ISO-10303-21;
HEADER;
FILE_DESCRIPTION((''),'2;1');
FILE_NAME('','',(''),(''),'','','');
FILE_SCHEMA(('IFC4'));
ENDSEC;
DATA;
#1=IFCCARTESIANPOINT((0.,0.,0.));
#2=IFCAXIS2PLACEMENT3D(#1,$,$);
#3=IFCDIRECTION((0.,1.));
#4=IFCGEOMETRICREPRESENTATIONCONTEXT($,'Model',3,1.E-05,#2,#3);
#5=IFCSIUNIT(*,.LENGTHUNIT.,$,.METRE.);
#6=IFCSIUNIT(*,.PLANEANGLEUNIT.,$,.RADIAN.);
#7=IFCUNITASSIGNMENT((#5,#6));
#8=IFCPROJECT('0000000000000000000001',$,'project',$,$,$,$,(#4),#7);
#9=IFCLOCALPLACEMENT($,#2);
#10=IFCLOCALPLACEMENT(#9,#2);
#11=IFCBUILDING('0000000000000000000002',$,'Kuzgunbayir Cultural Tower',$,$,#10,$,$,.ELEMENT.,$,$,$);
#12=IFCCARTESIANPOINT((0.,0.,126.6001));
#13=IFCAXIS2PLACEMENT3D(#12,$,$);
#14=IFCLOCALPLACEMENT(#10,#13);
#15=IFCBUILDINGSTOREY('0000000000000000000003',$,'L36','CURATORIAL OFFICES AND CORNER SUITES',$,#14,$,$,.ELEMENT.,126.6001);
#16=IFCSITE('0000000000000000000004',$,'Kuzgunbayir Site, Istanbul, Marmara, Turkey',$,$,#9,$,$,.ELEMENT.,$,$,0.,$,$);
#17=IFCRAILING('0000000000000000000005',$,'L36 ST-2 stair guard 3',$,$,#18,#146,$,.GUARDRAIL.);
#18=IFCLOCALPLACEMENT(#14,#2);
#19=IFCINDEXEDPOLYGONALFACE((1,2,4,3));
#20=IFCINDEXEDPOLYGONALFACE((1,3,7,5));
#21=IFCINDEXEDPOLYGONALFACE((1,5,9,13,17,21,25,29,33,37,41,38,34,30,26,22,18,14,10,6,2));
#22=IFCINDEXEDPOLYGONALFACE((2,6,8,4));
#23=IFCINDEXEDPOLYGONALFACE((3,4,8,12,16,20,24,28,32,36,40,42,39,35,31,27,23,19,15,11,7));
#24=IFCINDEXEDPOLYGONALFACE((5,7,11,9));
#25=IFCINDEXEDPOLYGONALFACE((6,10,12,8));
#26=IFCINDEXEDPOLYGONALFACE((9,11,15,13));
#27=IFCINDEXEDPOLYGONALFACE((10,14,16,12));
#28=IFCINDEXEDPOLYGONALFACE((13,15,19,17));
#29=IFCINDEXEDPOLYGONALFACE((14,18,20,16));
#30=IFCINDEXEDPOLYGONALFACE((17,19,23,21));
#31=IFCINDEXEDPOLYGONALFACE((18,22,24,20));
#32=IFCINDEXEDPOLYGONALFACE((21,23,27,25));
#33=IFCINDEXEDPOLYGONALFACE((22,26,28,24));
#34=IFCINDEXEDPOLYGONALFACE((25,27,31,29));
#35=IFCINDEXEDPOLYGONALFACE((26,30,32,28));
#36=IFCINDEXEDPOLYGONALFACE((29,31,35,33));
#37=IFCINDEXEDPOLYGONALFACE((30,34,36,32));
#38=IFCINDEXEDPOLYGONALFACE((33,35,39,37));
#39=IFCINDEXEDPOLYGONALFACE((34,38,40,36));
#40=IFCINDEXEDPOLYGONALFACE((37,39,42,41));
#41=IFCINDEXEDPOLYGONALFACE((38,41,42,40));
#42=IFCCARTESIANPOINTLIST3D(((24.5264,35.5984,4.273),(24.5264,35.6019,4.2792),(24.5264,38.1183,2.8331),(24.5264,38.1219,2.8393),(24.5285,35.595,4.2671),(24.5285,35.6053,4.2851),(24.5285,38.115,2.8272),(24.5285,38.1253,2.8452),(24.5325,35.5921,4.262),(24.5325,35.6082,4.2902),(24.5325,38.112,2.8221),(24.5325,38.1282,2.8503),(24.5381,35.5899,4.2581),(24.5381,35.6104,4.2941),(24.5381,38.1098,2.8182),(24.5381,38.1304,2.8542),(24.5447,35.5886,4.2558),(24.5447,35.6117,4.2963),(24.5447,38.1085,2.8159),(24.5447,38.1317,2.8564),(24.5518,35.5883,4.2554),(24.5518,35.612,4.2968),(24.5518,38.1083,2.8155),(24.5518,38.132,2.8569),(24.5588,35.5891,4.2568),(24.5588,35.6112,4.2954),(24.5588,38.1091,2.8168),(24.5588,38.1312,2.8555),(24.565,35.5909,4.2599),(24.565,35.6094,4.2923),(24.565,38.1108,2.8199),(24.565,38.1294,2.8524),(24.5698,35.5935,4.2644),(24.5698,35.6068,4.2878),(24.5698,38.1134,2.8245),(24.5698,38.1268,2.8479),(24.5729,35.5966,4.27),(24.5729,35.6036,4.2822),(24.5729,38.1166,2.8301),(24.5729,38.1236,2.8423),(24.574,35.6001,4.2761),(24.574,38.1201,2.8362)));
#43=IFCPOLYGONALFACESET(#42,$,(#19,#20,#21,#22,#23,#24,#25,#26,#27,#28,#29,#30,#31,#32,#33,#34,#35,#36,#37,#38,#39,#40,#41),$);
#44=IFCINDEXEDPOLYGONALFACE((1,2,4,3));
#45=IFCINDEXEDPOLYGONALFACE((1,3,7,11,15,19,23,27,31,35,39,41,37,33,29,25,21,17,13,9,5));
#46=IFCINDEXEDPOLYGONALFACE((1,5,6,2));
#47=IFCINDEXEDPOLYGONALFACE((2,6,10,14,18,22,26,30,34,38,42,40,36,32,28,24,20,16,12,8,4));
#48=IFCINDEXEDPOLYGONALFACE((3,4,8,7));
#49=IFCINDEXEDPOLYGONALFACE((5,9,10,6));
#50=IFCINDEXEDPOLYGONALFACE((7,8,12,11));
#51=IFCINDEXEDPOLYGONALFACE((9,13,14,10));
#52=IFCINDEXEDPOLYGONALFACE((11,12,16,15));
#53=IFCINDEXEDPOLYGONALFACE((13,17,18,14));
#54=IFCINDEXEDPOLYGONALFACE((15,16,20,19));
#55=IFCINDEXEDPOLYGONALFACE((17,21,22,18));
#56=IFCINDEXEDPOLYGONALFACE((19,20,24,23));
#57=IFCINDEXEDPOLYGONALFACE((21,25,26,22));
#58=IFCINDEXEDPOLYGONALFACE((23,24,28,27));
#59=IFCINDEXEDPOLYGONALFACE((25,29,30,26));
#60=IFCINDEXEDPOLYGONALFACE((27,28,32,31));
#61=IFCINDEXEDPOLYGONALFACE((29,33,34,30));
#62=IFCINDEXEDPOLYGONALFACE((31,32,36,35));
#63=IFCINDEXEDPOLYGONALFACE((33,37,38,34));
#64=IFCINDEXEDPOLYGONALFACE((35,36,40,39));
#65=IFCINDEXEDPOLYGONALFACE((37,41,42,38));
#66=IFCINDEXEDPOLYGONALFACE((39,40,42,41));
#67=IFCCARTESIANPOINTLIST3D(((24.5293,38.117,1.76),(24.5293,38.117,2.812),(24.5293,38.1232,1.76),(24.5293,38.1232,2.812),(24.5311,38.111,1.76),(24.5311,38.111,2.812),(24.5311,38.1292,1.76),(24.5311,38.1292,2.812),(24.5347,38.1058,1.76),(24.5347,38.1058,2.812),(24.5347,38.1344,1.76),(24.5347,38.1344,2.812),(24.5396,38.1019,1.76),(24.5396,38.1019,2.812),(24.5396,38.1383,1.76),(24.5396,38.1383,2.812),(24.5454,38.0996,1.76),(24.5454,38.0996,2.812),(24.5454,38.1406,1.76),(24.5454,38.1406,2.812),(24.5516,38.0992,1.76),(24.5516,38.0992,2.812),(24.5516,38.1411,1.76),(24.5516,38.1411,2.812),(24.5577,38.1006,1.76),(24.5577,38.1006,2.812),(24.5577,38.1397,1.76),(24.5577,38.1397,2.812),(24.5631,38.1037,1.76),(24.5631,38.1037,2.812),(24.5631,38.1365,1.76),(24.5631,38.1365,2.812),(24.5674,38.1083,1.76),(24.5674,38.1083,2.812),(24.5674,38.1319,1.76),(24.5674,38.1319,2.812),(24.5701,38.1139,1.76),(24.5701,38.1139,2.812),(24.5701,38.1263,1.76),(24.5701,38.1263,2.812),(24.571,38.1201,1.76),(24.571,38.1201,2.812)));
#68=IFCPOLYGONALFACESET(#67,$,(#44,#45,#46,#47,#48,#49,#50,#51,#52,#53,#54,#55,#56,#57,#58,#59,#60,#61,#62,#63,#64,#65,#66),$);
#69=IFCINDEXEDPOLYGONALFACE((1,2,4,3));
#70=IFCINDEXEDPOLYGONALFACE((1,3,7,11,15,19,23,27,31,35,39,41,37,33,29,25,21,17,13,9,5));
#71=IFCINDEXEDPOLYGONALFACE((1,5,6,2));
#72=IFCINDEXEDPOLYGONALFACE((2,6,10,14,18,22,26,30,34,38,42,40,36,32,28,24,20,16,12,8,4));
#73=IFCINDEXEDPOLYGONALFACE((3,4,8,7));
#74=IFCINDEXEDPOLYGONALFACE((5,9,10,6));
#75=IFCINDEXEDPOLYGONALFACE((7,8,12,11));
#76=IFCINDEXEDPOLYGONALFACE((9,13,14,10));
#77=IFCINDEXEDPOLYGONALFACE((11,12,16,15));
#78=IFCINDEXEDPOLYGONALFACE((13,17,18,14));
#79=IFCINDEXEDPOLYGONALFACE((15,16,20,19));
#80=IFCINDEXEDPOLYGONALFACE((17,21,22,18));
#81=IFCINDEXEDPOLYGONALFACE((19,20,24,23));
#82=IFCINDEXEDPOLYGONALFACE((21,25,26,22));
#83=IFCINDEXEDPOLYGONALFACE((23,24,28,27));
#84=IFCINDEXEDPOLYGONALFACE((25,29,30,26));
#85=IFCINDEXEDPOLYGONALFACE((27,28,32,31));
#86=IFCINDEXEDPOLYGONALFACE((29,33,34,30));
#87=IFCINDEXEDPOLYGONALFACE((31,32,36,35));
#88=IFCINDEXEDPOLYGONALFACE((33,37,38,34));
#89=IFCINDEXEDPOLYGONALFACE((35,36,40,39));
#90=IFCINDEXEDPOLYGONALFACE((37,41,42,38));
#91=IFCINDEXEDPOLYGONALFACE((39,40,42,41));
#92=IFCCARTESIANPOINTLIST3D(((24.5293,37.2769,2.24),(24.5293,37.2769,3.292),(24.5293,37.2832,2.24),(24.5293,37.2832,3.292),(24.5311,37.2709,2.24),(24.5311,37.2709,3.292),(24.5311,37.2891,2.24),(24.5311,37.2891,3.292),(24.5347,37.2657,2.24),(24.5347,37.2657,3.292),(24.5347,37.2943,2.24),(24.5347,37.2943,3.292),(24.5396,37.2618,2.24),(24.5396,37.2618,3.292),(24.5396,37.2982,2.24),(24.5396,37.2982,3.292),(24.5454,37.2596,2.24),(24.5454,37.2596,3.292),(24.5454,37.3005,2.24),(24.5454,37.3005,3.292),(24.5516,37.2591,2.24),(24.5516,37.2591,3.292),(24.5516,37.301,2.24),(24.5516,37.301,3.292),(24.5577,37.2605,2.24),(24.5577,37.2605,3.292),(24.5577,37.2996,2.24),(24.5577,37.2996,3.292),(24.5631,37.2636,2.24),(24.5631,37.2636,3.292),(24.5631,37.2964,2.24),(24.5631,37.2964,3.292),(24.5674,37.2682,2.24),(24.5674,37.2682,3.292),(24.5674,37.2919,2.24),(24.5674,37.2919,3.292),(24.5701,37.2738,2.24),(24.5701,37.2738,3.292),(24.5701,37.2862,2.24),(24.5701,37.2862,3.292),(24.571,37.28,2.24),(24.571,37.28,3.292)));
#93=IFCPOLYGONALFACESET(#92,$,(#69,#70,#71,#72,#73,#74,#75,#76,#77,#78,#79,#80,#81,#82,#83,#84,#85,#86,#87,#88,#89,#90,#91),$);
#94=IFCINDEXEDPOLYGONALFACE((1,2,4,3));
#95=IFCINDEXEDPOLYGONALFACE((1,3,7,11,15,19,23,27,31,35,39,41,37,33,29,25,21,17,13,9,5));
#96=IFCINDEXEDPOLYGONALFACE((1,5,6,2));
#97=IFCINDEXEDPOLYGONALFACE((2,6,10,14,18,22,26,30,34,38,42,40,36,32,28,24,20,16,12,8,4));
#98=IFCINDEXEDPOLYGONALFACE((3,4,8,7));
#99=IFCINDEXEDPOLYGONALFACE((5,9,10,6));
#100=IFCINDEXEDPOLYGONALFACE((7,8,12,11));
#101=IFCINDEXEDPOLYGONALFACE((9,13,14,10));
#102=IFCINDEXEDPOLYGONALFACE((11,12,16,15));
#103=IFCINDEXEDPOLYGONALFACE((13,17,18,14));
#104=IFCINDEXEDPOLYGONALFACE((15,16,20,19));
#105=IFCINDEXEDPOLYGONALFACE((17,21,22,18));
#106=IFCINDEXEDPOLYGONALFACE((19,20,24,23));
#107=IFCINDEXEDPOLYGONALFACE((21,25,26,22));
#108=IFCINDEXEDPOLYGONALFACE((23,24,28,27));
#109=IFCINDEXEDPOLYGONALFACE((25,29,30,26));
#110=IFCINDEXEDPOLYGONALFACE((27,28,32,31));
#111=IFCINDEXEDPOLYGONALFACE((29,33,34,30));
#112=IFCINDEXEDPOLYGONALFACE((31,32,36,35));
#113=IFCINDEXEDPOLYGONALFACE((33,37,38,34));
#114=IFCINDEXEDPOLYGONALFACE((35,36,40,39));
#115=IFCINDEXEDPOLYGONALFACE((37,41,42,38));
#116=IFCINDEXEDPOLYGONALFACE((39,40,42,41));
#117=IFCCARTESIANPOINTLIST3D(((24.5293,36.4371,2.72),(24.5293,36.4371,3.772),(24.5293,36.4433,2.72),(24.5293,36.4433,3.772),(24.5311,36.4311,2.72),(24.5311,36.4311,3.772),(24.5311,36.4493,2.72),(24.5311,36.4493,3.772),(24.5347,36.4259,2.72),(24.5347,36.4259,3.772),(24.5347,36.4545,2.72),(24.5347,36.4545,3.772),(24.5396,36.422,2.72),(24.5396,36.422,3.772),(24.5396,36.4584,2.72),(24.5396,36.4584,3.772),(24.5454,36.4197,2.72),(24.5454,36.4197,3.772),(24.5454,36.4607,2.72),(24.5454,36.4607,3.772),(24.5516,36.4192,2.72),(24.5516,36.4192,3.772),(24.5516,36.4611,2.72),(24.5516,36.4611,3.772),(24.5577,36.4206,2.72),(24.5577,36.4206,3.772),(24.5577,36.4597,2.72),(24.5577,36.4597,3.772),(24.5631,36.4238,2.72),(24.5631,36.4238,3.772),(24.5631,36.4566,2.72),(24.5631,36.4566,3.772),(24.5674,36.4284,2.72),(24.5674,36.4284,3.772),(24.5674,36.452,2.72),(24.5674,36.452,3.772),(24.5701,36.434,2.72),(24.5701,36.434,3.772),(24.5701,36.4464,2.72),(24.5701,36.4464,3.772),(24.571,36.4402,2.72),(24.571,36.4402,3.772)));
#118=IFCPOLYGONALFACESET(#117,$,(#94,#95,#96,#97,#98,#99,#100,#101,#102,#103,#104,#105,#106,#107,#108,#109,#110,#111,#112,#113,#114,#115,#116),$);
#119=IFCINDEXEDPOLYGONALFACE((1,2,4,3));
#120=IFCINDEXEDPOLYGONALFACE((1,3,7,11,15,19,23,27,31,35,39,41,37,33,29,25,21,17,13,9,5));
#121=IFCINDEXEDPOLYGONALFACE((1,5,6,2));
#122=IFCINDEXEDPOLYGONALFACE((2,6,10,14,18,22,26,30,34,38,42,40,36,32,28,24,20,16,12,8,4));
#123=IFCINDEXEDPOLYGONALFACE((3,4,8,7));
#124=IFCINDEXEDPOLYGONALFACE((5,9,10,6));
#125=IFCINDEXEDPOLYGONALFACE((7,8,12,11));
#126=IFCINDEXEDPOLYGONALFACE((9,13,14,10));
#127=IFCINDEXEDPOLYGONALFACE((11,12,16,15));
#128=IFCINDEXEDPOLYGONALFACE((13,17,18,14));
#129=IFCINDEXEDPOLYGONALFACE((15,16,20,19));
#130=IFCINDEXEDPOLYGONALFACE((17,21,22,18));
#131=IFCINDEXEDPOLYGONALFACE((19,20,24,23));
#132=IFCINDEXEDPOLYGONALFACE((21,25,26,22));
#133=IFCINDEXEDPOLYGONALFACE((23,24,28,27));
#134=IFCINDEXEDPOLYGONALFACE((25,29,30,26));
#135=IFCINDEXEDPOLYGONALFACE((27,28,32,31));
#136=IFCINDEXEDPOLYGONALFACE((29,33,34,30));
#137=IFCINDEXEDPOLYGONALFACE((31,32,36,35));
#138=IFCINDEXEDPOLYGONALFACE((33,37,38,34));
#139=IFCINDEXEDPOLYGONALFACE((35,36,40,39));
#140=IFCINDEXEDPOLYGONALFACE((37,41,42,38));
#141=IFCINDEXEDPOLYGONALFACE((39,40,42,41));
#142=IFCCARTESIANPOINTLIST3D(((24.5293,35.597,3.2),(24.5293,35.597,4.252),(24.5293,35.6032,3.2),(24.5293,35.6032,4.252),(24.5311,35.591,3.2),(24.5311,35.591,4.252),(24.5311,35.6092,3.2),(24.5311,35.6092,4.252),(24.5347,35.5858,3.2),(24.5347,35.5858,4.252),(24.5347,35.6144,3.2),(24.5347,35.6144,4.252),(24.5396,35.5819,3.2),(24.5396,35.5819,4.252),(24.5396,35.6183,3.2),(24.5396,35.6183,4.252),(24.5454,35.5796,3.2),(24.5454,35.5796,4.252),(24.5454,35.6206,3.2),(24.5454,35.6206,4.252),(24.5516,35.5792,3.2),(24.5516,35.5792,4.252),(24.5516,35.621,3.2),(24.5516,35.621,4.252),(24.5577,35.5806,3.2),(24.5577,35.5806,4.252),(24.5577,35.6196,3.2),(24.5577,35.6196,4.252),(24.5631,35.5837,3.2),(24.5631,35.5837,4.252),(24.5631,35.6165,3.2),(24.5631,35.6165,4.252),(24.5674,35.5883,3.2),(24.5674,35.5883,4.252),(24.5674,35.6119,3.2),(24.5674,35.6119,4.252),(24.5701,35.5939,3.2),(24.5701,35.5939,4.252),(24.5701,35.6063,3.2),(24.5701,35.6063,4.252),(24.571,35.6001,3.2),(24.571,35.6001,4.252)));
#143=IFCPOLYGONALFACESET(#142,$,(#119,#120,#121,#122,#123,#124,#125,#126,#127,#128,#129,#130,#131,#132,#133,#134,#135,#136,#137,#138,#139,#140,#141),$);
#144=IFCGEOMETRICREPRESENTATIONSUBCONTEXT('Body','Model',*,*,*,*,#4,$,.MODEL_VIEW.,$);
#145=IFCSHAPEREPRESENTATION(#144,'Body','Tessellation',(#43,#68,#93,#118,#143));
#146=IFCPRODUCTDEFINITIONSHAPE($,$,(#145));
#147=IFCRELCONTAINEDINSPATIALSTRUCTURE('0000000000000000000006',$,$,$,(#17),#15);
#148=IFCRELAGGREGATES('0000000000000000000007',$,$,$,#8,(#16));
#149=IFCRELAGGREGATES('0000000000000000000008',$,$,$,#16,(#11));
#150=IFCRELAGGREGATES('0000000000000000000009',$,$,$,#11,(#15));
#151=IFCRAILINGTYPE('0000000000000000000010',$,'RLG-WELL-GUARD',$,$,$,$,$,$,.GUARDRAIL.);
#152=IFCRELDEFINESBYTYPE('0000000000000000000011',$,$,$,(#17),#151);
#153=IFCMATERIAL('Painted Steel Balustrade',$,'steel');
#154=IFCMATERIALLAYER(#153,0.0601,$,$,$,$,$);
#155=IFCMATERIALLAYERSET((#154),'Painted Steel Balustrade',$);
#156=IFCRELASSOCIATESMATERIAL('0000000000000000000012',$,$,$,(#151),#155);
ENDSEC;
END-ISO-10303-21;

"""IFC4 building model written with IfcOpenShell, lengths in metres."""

from ifc_helpers import new_model, si_unit, direction, frame, origin, origin_2d, place, context, subcontext, project, spatial, circle, extrude, material, layer, layer_set, type_object, element, save


model = new_model("IFC4")

# Units and contexts
model_context = context("Model", 3, precision=1e-05, world=origin(), true_north=direction((0.0, 1.0)))
body_context = subcontext(model_context, "Body", "Model", "MODEL_VIEW")
ifc_project = project(units=[si_unit("LENGTHUNIT", "METRE"), si_unit("PLANEANGLEUNIT", "RADIAN")], contexts=[model_context])

# Site, building, storey
site_placement = place(None, origin())
site = spatial("IfcSite", under=ifc_project, at=site_placement, Name="Kuzgunbayir Site, Istanbul, Marmara, Turkey", CompositionType="ELEMENT", RefElevation=0.0)
building_placement = place(site_placement, origin())
building = spatial("IfcBuilding", under=site, at=building_placement, Name="Kuzgunbayir Cultural Tower", CompositionType="ELEMENT")
storey_placement = place(building_placement, frame((0.0, 0.0, 126.6001)))
storey = spatial("IfcBuildingStorey", under=building, at=storey_placement, Name="L36", Description="CURATORIAL OFFICES AND CORNER SUITES", CompositionType="ELEMENT", Elevation=126.6001)

# Railing
ifc_material_1 = material(Name="Painted Steel Balustrade", Category="steel")
ifc_layer_1 = layer(ifc_material_1, 0.0601)
ifc_layer_set_1 = layer_set([ifc_layer_1], Name="Painted Steel Balustrade")
railing_type_1 = type_object("IfcRailingType", Name="RLG-WELL-GUARD", PredefinedType="GUARDRAIL", material=ifc_layer_set_1)
railing_1_placement = place(storey_placement, frame((24.55, 38.1201, 1.76)))
element("IfcRailing", 1, at=railing_1_placement, inside=storey, type_object=railing_type_1, Name="L36 ST-2 stair guard 3", PredefinedType="GUARDRAIL", context=body_context, shape_type="SweptSolid", body=[
    extrude(circle(Radius=0.0239, at=origin_2d()), frame((0.0, 0.0, 1.0762), z_axis=(0.0, -0.868253, 0.496121), x_axis=(1.0, 0.0, 0.0)), (0.0, 0.0, 1.0), 2.9023),
    extrude(circle(Radius=0.021, at=origin_2d()), origin(), (0.0, 0.0, 1.0), 1.052),
    extrude(circle(Radius=0.021, at=origin_2d()), frame((0.0, -0.8401, 0.48)), (0.0, 0.0, 1.0), 1.052),
    extrude(circle(Radius=0.021, at=origin_2d()), frame((0.0, -1.6799, 0.96)), (0.0, 0.0, 1.0), 1.052),
    extrude(circle(Radius=0.021, at=origin_2d()), frame((0.0, -2.52, 1.4399)), (0.0, 0.0, 1.0), 1.052),
])

save(model, "model.ifc")
